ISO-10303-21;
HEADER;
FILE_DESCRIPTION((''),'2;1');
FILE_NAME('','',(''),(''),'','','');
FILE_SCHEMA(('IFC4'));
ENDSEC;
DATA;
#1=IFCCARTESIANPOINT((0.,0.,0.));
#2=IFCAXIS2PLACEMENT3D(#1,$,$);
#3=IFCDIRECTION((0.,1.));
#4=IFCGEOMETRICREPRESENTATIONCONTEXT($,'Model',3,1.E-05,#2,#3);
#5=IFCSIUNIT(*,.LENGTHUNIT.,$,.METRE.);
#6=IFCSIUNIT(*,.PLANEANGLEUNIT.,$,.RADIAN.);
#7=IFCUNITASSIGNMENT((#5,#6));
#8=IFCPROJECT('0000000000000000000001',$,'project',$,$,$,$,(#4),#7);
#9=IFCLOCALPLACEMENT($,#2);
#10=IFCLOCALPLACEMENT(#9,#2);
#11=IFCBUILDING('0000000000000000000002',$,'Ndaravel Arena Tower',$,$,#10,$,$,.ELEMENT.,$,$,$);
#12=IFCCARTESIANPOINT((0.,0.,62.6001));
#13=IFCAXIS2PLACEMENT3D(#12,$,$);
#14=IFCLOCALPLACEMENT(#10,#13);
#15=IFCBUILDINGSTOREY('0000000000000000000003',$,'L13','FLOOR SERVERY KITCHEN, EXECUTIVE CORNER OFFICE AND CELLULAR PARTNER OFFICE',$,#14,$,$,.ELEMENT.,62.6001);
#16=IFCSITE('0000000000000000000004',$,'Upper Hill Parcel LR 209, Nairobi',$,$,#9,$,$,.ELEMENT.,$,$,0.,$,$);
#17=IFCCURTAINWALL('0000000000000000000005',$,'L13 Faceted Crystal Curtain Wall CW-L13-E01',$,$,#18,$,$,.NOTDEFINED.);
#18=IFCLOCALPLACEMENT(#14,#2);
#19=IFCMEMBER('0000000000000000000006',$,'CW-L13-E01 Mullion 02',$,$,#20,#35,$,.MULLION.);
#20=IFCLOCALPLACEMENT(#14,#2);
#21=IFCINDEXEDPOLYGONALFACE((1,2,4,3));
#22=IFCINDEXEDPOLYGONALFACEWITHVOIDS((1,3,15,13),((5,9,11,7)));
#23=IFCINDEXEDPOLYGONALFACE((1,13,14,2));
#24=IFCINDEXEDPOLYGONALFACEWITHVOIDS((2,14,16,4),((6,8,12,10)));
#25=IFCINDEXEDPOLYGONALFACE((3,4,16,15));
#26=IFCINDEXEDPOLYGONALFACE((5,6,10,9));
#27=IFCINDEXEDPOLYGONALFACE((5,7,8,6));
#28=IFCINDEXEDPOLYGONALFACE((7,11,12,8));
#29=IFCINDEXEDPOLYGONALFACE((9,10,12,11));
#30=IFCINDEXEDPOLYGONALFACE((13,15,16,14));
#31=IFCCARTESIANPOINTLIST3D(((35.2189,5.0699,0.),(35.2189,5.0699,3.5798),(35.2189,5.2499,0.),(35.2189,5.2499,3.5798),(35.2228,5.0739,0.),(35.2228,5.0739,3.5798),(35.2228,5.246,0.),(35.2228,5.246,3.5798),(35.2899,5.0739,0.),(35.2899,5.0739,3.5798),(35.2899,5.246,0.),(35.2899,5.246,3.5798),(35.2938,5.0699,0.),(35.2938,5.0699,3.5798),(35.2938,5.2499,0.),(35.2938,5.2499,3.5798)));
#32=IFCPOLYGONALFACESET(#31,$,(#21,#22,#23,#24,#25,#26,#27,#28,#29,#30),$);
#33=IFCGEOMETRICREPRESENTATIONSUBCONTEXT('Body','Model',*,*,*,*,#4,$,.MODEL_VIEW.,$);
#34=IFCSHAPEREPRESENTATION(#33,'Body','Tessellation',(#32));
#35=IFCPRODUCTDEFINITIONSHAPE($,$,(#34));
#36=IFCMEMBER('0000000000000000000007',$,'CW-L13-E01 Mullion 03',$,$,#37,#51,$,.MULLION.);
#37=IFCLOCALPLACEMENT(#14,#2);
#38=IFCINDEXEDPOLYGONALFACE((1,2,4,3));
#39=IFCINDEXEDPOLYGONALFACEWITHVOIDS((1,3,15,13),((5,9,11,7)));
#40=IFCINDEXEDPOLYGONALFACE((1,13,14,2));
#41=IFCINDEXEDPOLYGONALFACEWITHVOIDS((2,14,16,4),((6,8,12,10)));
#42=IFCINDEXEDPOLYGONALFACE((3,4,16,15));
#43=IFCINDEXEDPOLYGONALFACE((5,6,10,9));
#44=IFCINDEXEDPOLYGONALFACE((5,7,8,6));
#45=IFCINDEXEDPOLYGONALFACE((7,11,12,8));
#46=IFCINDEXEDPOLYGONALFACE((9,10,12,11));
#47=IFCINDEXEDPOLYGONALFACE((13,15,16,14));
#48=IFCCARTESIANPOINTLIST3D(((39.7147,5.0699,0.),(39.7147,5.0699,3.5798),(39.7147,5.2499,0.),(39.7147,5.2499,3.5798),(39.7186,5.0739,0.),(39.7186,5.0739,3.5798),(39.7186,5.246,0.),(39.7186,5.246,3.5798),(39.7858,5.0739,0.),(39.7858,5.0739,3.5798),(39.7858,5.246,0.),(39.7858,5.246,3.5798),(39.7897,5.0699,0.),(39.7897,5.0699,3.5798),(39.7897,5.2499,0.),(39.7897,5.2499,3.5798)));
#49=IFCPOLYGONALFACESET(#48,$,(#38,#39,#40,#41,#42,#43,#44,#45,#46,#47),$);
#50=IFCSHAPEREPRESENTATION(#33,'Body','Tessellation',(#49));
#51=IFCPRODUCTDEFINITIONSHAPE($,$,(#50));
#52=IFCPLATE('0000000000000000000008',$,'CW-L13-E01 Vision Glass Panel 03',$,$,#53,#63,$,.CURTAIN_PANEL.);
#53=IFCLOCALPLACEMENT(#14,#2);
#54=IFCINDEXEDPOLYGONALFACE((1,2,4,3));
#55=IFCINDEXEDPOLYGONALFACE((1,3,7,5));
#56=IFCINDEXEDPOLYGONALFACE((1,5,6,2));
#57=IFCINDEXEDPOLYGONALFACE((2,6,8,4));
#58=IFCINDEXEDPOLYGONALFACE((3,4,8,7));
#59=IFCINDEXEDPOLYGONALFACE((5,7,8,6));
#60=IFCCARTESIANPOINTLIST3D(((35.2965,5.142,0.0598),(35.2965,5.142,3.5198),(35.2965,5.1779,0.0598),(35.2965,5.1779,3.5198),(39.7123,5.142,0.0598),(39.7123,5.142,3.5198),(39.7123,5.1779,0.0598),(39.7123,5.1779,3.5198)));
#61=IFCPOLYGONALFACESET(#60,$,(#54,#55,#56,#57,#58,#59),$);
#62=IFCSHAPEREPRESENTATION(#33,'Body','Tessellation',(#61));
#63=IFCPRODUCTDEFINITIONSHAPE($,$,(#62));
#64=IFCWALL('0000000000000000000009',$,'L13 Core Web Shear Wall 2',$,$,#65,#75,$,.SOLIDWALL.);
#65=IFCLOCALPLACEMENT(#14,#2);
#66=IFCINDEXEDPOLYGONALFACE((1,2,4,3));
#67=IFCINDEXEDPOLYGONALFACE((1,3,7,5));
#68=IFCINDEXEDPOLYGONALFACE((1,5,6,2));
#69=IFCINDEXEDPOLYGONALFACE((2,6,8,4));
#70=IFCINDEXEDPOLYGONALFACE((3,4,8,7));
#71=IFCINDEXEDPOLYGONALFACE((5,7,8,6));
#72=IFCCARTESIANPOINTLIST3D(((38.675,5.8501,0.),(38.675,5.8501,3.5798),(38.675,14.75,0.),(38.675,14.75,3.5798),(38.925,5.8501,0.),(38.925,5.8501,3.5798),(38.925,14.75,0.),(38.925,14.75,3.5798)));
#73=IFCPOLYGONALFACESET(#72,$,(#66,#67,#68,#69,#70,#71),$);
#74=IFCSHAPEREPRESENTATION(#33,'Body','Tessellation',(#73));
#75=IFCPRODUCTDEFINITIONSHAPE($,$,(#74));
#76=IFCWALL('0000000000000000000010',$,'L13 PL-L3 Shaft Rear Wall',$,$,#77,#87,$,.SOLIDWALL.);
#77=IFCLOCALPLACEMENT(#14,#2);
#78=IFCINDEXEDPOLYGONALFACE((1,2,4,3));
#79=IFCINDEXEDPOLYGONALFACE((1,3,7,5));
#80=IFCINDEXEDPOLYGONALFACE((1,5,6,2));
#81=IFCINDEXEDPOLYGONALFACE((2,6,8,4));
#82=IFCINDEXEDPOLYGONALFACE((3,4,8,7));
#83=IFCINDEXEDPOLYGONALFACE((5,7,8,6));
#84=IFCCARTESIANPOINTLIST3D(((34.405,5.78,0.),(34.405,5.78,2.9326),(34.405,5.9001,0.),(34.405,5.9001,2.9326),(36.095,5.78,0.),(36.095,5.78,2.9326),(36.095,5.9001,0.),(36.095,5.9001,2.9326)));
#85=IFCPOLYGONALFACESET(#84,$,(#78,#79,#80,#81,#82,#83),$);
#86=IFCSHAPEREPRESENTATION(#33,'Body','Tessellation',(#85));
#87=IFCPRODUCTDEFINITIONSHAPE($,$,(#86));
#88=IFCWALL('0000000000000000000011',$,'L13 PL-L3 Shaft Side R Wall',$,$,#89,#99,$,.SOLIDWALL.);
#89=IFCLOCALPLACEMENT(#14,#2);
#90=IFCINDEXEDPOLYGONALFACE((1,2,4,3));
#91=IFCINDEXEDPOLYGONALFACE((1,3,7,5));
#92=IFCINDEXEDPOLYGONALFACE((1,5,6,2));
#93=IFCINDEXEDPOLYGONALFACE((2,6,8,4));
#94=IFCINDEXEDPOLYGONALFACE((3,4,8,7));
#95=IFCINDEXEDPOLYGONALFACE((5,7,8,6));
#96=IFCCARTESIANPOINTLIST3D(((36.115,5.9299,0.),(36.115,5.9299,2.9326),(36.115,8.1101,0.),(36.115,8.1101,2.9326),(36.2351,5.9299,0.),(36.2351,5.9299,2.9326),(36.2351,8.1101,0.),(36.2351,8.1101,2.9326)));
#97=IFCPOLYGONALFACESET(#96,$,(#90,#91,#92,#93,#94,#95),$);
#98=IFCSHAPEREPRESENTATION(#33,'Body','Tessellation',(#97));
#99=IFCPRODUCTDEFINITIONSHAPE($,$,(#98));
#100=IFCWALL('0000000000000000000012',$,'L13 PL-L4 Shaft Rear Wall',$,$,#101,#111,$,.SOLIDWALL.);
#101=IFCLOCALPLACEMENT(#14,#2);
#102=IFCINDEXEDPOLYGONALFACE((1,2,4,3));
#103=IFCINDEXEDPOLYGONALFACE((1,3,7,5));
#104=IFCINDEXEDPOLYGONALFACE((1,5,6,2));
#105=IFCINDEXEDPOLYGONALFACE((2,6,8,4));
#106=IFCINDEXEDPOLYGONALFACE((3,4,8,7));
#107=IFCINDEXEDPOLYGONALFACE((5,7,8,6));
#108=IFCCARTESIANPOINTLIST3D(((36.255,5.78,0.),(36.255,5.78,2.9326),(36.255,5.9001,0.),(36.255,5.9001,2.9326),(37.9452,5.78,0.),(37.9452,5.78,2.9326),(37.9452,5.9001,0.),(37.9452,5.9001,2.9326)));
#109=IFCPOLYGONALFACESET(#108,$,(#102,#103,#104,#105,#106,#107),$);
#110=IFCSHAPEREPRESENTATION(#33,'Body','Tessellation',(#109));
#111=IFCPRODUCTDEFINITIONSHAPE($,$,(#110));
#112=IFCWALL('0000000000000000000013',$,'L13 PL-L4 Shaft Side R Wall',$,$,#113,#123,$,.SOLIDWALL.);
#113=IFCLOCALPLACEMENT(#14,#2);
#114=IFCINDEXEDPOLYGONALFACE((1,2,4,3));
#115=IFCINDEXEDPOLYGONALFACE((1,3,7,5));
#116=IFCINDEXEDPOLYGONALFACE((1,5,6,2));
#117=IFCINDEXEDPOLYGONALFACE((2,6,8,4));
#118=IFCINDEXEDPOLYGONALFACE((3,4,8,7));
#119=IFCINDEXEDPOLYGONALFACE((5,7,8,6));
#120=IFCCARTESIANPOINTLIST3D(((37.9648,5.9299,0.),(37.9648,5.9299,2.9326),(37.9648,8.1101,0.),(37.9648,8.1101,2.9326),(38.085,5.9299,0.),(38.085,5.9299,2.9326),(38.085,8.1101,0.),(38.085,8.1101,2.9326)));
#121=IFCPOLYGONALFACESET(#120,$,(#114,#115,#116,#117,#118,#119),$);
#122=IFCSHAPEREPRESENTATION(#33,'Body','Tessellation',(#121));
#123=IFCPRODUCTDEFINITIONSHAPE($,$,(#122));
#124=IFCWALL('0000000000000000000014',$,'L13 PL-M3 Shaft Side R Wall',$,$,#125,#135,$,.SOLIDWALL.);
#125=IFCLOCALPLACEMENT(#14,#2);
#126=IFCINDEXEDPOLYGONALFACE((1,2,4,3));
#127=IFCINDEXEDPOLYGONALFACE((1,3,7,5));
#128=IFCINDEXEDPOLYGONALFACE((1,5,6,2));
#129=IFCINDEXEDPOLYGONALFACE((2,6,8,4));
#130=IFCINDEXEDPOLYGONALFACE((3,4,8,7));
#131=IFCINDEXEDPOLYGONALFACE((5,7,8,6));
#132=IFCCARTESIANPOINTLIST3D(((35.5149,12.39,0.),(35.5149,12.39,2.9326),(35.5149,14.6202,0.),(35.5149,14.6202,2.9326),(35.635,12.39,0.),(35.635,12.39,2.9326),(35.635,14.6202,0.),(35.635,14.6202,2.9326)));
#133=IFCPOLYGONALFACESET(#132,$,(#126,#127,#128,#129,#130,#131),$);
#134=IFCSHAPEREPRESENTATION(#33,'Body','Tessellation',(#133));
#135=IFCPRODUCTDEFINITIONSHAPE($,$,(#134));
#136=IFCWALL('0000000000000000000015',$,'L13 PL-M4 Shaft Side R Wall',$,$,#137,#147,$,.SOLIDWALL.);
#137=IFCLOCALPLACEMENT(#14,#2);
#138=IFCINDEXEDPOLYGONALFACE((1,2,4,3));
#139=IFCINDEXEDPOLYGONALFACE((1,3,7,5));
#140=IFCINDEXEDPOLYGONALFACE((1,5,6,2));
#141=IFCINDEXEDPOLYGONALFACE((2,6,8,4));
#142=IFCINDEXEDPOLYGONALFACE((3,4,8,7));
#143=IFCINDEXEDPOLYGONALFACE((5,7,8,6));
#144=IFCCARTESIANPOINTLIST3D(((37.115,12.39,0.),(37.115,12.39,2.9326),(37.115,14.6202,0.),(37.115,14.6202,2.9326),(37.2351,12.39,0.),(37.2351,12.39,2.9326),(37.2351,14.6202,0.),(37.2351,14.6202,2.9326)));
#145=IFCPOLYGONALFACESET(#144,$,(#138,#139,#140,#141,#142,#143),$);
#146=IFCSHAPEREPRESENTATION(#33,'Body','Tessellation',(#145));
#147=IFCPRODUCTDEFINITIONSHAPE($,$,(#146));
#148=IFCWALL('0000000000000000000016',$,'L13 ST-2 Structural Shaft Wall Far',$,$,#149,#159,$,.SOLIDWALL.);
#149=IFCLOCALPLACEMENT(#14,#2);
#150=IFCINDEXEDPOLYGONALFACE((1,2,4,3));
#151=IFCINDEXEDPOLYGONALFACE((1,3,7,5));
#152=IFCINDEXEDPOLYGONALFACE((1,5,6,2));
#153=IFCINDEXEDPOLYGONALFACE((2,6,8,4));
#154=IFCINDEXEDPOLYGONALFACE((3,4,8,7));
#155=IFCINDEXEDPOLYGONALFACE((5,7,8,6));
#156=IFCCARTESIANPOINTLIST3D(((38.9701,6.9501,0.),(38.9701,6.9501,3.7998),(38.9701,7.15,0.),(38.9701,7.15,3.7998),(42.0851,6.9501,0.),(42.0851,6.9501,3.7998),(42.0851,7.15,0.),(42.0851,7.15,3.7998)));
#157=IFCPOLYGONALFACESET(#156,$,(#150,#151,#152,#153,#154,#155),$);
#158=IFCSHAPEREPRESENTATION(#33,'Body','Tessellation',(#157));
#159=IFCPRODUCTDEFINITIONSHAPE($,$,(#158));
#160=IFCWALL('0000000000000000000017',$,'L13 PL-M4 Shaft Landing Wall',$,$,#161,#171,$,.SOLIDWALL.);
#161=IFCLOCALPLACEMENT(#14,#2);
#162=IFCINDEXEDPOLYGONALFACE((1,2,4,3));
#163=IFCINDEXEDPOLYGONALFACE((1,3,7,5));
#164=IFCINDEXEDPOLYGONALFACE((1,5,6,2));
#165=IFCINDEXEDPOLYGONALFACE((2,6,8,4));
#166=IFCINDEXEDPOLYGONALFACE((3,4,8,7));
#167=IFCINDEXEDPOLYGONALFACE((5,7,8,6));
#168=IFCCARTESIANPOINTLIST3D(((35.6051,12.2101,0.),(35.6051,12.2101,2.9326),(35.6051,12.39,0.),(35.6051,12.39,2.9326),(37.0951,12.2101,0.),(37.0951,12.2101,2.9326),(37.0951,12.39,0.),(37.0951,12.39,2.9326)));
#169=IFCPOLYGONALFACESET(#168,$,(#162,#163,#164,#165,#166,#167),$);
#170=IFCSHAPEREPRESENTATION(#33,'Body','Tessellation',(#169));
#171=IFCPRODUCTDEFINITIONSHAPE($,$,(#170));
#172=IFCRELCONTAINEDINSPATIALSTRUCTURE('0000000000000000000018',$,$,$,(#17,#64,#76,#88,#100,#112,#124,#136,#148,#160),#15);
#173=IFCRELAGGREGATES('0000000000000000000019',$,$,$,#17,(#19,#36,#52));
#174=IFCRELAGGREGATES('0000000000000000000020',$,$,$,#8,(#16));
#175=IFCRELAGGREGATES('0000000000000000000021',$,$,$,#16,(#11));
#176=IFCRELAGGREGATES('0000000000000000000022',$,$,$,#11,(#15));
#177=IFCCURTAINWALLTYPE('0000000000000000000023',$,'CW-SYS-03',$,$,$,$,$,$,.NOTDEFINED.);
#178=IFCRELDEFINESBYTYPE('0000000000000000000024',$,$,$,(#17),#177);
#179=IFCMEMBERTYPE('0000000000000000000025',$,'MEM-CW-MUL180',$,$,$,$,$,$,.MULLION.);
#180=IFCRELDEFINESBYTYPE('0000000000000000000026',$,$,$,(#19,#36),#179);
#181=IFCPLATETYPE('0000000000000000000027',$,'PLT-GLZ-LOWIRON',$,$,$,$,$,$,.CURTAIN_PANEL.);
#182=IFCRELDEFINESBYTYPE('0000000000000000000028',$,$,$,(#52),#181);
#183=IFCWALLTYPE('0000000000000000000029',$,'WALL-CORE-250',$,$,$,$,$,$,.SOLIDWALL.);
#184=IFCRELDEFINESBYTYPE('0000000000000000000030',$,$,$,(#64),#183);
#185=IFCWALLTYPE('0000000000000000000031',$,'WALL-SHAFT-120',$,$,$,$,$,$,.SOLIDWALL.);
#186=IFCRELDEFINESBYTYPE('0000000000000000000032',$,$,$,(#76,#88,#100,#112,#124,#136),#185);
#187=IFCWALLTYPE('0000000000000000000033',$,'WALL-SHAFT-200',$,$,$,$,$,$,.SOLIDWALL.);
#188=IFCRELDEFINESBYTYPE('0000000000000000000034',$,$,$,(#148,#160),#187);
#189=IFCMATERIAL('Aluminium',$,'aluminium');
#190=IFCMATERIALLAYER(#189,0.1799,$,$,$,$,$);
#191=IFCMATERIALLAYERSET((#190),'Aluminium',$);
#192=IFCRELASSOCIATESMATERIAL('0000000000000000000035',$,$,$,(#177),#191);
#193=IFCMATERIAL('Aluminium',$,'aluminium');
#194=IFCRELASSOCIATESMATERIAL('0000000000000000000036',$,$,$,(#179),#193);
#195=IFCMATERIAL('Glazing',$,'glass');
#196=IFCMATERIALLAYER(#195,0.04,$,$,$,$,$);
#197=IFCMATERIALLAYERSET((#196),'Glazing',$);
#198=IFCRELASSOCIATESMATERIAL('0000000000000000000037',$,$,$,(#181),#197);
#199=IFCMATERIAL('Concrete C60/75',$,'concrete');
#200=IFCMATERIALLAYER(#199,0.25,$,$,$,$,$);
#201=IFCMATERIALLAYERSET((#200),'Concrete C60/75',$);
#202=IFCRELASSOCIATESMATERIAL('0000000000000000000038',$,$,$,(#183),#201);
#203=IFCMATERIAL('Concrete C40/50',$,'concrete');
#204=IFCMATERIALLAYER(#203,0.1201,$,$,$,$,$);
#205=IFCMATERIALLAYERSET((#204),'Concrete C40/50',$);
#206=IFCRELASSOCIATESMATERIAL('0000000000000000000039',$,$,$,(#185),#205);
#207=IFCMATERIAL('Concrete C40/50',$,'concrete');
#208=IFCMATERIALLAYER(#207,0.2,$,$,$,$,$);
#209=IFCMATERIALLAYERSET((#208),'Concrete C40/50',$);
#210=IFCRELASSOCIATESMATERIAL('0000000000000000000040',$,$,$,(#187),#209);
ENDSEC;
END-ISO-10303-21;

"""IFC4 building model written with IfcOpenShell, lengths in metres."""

from ifc_helpers import new_model, si_unit, direction, frame, frame_2d, origin, origin_2d, place, context, subcontext, project, spatial, rectangle, hollow_rectangle, extrude, material, layer, layer_set, material_profile, profile_set, type_object, element, aggregate, save


model = new_model("IFC4")

# Units and contexts
model_context = context("Model", 3, precision=1e-05, world=origin(), true_north=direction((0.0, 1.0)))
body_context = subcontext(model_context, "Body", "Model", "MODEL_VIEW")
ifc_project = project(units=[si_unit("LENGTHUNIT", "METRE"), si_unit("PLANEANGLEUNIT", "RADIAN")], contexts=[model_context])

# Site, building, storey
site_placement = place(None, origin())
site = spatial("IfcSite", under=ifc_project, at=site_placement, Name="Upper Hill Parcel LR 209, Nairobi", CompositionType="ELEMENT", RefElevation=0.0)
building_placement = place(site_placement, origin())
building = spatial("IfcBuilding", under=site, at=building_placement, Name="Ndaravel Arena Tower", CompositionType="ELEMENT")
storey_placement = place(building_placement, frame((0.0, 0.0, 62.6001)))
storey = spatial("IfcBuildingStorey", under=building, at=storey_placement, Name="L13", Description="FLOOR SERVERY KITCHEN, EXECUTIVE CORNER OFFICE AND CELLULAR PARTNER OFFICE", CompositionType="ELEMENT", Elevation=62.6001)

# Curtain wall, members, plate
ifc_material_1 = material(Name="Aluminium", Category="aluminium")
ifc_layer_1 = layer(ifc_material_1, 0.1799)
ifc_layer_set_1 = layer_set([ifc_layer_1], Name="Aluminium")
curtain_wall_type = type_object("IfcCurtainWallType", Name="CW-SYS-03", PredefinedType="NOTDEFINED", material=ifc_layer_set_1)
curtain_wall_placement = place(storey_placement, origin())
curtain_wall = element("IfcCurtainWall", 1, at=curtain_wall_placement, inside=storey, type_object=curtain_wall_type, Name="L13 Faceted Crystal Curtain Wall CW-L13-E01", PredefinedType="NOTDEFINED")
ifc_material_2 = material(Name="Aluminium", Category="aluminium")
ifc_material_profile = material_profile(ifc_material_2, hollow_rectangle(XDim=0.075, YDim=0.1799, WallThickness=0.0039, at=origin_2d()), Name="CW MULLION 75x180x4")
ifc_profile_set = profile_set([ifc_material_profile], Name="Aluminium")
member_type = type_object("IfcMemberType", Name="MEM-CW-MUL180", PredefinedType="MULLION", material=ifc_profile_set)
member_1_placement = place(storey_placement, frame((35.2563, 5.1599, 0.0), z_axis=(0.0, 0.0, 1.0), x_axis=(1.0, 0.0, 0.0)))
member_1 = element("IfcMember", 2, at=member_1_placement, type_object=member_type, Name="CW-L13-E01 Mullion 02", PredefinedType="MULLION", context=body_context, shape_type="SweptSolid", body=[
    extrude(hollow_rectangle(XDim=0.075, YDim=0.1799, WallThickness=0.0039, at=origin_2d()), origin(), (0.0, 0.0, 1.0), 3.5798),
])
member_2_placement = place(storey_placement, frame((39.7522, 5.1599, 0.0), z_axis=(0.0, 0.0, 1.0), x_axis=(1.0, 0.0, 0.0)))
member_2 = element("IfcMember", 3, at=member_2_placement, type_object=member_type, Name="CW-L13-E01 Mullion 03", PredefinedType="MULLION", context=body_context, shape_type="SweptSolid", body=[
    extrude(hollow_rectangle(XDim=0.075, YDim=0.1799, WallThickness=0.0039, at=origin_2d()), origin(), (0.0, 0.0, 1.0), 3.5798),
])
ifc_material_3 = material(Name="Glazing", Category="glass")
ifc_layer_2 = layer(ifc_material_3, 0.04)
ifc_layer_set_2 = layer_set([ifc_layer_2], Name="Glazing")
plate_type = type_object("IfcPlateType", Name="PLT-GLZ-LOWIRON", PredefinedType="CURTAIN_PANEL", material=ifc_layer_set_2)
plate_placement = place(storey_placement, frame((37.5044, 5.1599, 0.0598), z_axis=(0.0, 0.0, 1.0), x_axis=(1.0, 0.0, 0.0)))
plate = element("IfcPlate", 4, at=plate_placement, type_object=plate_type, Name="CW-L13-E01 Vision Glass Panel 03", PredefinedType="CURTAIN_PANEL", context=body_context, shape_type="SweptSolid", body=[
    extrude(rectangle(XDim=4.4158, YDim=0.0359, at=origin_2d()), origin(), (0.0, 0.0, 1.0), 3.46),
])
aggregate(curtain_wall, [member_1, member_2, plate])

# Walls
ifc_material_4 = material(Name="Concrete C60/75", Category="concrete")
ifc_layer_3 = layer(ifc_material_4, 0.25)
ifc_layer_set_3 = layer_set([ifc_layer_3], Name="Concrete C60/75")
wall_type_1 = type_object("IfcWallType", Name="WALL-CORE-250", PredefinedType="SOLIDWALL", material=ifc_layer_set_3)
wall_1_placement = place(storey_placement, frame((38.8, 5.8501, 0.0), z_axis=(0.0, 0.0, 1.0), x_axis=(0.0, 1.0, 0.0)))
element("IfcWall", 5, at=wall_1_placement, inside=storey, type_object=wall_type_1, Name="L13 Core Web Shear Wall 2", PredefinedType="SOLIDWALL", context=body_context, shape_type="SweptSolid", body=[
    extrude(rectangle(XDim=8.8999, YDim=0.25, at=frame_2d((4.45, 0.0))), origin(), (0.0, 0.0, 1.0), 3.5798),
])
ifc_material_5 = material(Name="Concrete C40/50", Category="concrete")
ifc_layer_4 = layer(ifc_material_5, 0.1201)
ifc_layer_set_4 = layer_set([ifc_layer_4], Name="Concrete C40/50")
wall_type_2 = type_object("IfcWallType", Name="WALL-SHAFT-120", PredefinedType="SOLIDWALL", material=ifc_layer_set_4)
wall_2_placement = place(storey_placement, frame((34.405, 5.8401, 0.0), z_axis=(0.0, 0.0, 1.0), x_axis=(1.0, 0.0, 0.0)))
element("IfcWall", 6, at=wall_2_placement, inside=storey, type_object=wall_type_2, Name="L13 PL-L3 Shaft Rear Wall", PredefinedType="SOLIDWALL", context=body_context, shape_type="SweptSolid", body=[
    extrude(rectangle(XDim=1.6899, YDim=0.1201, at=frame_2d((0.845, 0.0))), origin(), (0.0, 0.0, 1.0), 2.9326),
])
wall_3_placement = place(storey_placement, frame((36.175, 5.9299, 0.0), z_axis=(0.0, 0.0, 1.0), x_axis=(0.0, 1.0, 0.0)))
element("IfcWall", 7, at=wall_3_placement, inside=storey, type_object=wall_type_2, Name="L13 PL-L3 Shaft Side R Wall", PredefinedType="SOLIDWALL", context=body_context, shape_type="SweptSolid", body=[
    extrude(rectangle(XDim=2.1802, YDim=0.1201, at=frame_2d((1.0901, 0.0))), origin(), (0.0, 0.0, 1.0), 2.9326),
])
wall_4_placement = place(storey_placement, frame((36.2549, 5.8401, 0.0), z_axis=(0.0, 0.0, 1.0), x_axis=(1.0, 0.0, 0.0)))
element("IfcWall", 8, at=wall_4_placement, inside=storey, type_object=wall_type_2, Name="L13 PL-L4 Shaft Rear Wall", PredefinedType="SOLIDWALL", context=body_context, shape_type="SweptSolid", body=[
    extrude(rectangle(XDim=1.6902, YDim=0.1201, at=frame_2d((0.8452, 0.0))), origin(), (0.0, 0.0, 1.0), 2.9326),
])
wall_5_placement = place(storey_placement, frame((38.0249, 5.9299, 0.0), z_axis=(0.0, 0.0, 1.0), x_axis=(0.0, 1.0, 0.0)))
element("IfcWall", 9, at=wall_5_placement, inside=storey, type_object=wall_type_2, Name="L13 PL-L4 Shaft Side R Wall", PredefinedType="SOLIDWALL", context=body_context, shape_type="SweptSolid", body=[
    extrude(rectangle(XDim=2.1802, YDim=0.1201, at=frame_2d((1.0901, 0.0))), origin(), (0.0, 0.0, 1.0), 2.9326),
])
for number, where, z_axis, x_axis, name in (
    (10, (35.575, 12.3899, 0.0), (0.0, 0.0, 1.0), (0.0, 1.0, 0.0), "L13 PL-M3 Shaft Side R Wall"),
    (11, (37.175, 12.3899, 0.0), (0.0, 0.0, 1.0), (0.0, 1.0, 0.0), "L13 PL-M4 Shaft Side R Wall"),
):
    element("IfcWall", number, at=place(storey_placement, frame(where, z_axis=z_axis, x_axis=x_axis)), inside=storey, type_object=wall_type_2, Name=name, PredefinedType="SOLIDWALL", context=body_context, shape_type="SweptSolid", body=[
        extrude(rectangle(XDim=2.2302, YDim=0.1201, at=frame_2d((1.1152, 0.0))), origin(), (0.0, 0.0, 1.0), 2.9326),
    ])
ifc_material_6 = material(Name="Concrete C40/50", Category="concrete")
ifc_layer_5 = layer(ifc_material_6, 0.2)
ifc_layer_set_5 = layer_set([ifc_layer_5], Name="Concrete C40/50")
wall_type_3 = type_object("IfcWallType", Name="WALL-SHAFT-200", PredefinedType="SOLIDWALL", material=ifc_layer_set_5)
wall_6_placement = place(storey_placement, frame((38.97, 7.05, 0.0), z_axis=(0.0, 0.0, 1.0), x_axis=(1.0, 0.0, 0.0)))
element("IfcWall", 12, at=wall_6_placement, inside=storey, type_object=wall_type_3, Name="L13 ST-2 Structural Shaft Wall Far", PredefinedType="SOLIDWALL", context=body_context, shape_type="SweptSolid", body=[
    extrude(rectangle(XDim=3.115, YDim=0.2, at=frame_2d((1.5576, 0.0))), origin(), (0.0, 0.0, 1.0), 3.7998),
])

# Wall
wall_7_placement = place(storey_placement, frame((35.605, 12.3, 0.0), z_axis=(0.0, 0.0, 1.0), x_axis=(1.0, 0.0, 0.0)))
element("IfcWall", 13, at=wall_7_placement, inside=storey, type_object=wall_type_3, Name="L13 PL-M4 Shaft Landing Wall", PredefinedType="SOLIDWALL", context=body_context, shape_type="SweptSolid", body=[
    extrude(rectangle(XDim=1.49, YDim=0.1799, at=frame_2d((0.7451, 0.0))), origin(), (0.0, 0.0, 1.0), 2.9326),
])

save(model, "model.ifc")
